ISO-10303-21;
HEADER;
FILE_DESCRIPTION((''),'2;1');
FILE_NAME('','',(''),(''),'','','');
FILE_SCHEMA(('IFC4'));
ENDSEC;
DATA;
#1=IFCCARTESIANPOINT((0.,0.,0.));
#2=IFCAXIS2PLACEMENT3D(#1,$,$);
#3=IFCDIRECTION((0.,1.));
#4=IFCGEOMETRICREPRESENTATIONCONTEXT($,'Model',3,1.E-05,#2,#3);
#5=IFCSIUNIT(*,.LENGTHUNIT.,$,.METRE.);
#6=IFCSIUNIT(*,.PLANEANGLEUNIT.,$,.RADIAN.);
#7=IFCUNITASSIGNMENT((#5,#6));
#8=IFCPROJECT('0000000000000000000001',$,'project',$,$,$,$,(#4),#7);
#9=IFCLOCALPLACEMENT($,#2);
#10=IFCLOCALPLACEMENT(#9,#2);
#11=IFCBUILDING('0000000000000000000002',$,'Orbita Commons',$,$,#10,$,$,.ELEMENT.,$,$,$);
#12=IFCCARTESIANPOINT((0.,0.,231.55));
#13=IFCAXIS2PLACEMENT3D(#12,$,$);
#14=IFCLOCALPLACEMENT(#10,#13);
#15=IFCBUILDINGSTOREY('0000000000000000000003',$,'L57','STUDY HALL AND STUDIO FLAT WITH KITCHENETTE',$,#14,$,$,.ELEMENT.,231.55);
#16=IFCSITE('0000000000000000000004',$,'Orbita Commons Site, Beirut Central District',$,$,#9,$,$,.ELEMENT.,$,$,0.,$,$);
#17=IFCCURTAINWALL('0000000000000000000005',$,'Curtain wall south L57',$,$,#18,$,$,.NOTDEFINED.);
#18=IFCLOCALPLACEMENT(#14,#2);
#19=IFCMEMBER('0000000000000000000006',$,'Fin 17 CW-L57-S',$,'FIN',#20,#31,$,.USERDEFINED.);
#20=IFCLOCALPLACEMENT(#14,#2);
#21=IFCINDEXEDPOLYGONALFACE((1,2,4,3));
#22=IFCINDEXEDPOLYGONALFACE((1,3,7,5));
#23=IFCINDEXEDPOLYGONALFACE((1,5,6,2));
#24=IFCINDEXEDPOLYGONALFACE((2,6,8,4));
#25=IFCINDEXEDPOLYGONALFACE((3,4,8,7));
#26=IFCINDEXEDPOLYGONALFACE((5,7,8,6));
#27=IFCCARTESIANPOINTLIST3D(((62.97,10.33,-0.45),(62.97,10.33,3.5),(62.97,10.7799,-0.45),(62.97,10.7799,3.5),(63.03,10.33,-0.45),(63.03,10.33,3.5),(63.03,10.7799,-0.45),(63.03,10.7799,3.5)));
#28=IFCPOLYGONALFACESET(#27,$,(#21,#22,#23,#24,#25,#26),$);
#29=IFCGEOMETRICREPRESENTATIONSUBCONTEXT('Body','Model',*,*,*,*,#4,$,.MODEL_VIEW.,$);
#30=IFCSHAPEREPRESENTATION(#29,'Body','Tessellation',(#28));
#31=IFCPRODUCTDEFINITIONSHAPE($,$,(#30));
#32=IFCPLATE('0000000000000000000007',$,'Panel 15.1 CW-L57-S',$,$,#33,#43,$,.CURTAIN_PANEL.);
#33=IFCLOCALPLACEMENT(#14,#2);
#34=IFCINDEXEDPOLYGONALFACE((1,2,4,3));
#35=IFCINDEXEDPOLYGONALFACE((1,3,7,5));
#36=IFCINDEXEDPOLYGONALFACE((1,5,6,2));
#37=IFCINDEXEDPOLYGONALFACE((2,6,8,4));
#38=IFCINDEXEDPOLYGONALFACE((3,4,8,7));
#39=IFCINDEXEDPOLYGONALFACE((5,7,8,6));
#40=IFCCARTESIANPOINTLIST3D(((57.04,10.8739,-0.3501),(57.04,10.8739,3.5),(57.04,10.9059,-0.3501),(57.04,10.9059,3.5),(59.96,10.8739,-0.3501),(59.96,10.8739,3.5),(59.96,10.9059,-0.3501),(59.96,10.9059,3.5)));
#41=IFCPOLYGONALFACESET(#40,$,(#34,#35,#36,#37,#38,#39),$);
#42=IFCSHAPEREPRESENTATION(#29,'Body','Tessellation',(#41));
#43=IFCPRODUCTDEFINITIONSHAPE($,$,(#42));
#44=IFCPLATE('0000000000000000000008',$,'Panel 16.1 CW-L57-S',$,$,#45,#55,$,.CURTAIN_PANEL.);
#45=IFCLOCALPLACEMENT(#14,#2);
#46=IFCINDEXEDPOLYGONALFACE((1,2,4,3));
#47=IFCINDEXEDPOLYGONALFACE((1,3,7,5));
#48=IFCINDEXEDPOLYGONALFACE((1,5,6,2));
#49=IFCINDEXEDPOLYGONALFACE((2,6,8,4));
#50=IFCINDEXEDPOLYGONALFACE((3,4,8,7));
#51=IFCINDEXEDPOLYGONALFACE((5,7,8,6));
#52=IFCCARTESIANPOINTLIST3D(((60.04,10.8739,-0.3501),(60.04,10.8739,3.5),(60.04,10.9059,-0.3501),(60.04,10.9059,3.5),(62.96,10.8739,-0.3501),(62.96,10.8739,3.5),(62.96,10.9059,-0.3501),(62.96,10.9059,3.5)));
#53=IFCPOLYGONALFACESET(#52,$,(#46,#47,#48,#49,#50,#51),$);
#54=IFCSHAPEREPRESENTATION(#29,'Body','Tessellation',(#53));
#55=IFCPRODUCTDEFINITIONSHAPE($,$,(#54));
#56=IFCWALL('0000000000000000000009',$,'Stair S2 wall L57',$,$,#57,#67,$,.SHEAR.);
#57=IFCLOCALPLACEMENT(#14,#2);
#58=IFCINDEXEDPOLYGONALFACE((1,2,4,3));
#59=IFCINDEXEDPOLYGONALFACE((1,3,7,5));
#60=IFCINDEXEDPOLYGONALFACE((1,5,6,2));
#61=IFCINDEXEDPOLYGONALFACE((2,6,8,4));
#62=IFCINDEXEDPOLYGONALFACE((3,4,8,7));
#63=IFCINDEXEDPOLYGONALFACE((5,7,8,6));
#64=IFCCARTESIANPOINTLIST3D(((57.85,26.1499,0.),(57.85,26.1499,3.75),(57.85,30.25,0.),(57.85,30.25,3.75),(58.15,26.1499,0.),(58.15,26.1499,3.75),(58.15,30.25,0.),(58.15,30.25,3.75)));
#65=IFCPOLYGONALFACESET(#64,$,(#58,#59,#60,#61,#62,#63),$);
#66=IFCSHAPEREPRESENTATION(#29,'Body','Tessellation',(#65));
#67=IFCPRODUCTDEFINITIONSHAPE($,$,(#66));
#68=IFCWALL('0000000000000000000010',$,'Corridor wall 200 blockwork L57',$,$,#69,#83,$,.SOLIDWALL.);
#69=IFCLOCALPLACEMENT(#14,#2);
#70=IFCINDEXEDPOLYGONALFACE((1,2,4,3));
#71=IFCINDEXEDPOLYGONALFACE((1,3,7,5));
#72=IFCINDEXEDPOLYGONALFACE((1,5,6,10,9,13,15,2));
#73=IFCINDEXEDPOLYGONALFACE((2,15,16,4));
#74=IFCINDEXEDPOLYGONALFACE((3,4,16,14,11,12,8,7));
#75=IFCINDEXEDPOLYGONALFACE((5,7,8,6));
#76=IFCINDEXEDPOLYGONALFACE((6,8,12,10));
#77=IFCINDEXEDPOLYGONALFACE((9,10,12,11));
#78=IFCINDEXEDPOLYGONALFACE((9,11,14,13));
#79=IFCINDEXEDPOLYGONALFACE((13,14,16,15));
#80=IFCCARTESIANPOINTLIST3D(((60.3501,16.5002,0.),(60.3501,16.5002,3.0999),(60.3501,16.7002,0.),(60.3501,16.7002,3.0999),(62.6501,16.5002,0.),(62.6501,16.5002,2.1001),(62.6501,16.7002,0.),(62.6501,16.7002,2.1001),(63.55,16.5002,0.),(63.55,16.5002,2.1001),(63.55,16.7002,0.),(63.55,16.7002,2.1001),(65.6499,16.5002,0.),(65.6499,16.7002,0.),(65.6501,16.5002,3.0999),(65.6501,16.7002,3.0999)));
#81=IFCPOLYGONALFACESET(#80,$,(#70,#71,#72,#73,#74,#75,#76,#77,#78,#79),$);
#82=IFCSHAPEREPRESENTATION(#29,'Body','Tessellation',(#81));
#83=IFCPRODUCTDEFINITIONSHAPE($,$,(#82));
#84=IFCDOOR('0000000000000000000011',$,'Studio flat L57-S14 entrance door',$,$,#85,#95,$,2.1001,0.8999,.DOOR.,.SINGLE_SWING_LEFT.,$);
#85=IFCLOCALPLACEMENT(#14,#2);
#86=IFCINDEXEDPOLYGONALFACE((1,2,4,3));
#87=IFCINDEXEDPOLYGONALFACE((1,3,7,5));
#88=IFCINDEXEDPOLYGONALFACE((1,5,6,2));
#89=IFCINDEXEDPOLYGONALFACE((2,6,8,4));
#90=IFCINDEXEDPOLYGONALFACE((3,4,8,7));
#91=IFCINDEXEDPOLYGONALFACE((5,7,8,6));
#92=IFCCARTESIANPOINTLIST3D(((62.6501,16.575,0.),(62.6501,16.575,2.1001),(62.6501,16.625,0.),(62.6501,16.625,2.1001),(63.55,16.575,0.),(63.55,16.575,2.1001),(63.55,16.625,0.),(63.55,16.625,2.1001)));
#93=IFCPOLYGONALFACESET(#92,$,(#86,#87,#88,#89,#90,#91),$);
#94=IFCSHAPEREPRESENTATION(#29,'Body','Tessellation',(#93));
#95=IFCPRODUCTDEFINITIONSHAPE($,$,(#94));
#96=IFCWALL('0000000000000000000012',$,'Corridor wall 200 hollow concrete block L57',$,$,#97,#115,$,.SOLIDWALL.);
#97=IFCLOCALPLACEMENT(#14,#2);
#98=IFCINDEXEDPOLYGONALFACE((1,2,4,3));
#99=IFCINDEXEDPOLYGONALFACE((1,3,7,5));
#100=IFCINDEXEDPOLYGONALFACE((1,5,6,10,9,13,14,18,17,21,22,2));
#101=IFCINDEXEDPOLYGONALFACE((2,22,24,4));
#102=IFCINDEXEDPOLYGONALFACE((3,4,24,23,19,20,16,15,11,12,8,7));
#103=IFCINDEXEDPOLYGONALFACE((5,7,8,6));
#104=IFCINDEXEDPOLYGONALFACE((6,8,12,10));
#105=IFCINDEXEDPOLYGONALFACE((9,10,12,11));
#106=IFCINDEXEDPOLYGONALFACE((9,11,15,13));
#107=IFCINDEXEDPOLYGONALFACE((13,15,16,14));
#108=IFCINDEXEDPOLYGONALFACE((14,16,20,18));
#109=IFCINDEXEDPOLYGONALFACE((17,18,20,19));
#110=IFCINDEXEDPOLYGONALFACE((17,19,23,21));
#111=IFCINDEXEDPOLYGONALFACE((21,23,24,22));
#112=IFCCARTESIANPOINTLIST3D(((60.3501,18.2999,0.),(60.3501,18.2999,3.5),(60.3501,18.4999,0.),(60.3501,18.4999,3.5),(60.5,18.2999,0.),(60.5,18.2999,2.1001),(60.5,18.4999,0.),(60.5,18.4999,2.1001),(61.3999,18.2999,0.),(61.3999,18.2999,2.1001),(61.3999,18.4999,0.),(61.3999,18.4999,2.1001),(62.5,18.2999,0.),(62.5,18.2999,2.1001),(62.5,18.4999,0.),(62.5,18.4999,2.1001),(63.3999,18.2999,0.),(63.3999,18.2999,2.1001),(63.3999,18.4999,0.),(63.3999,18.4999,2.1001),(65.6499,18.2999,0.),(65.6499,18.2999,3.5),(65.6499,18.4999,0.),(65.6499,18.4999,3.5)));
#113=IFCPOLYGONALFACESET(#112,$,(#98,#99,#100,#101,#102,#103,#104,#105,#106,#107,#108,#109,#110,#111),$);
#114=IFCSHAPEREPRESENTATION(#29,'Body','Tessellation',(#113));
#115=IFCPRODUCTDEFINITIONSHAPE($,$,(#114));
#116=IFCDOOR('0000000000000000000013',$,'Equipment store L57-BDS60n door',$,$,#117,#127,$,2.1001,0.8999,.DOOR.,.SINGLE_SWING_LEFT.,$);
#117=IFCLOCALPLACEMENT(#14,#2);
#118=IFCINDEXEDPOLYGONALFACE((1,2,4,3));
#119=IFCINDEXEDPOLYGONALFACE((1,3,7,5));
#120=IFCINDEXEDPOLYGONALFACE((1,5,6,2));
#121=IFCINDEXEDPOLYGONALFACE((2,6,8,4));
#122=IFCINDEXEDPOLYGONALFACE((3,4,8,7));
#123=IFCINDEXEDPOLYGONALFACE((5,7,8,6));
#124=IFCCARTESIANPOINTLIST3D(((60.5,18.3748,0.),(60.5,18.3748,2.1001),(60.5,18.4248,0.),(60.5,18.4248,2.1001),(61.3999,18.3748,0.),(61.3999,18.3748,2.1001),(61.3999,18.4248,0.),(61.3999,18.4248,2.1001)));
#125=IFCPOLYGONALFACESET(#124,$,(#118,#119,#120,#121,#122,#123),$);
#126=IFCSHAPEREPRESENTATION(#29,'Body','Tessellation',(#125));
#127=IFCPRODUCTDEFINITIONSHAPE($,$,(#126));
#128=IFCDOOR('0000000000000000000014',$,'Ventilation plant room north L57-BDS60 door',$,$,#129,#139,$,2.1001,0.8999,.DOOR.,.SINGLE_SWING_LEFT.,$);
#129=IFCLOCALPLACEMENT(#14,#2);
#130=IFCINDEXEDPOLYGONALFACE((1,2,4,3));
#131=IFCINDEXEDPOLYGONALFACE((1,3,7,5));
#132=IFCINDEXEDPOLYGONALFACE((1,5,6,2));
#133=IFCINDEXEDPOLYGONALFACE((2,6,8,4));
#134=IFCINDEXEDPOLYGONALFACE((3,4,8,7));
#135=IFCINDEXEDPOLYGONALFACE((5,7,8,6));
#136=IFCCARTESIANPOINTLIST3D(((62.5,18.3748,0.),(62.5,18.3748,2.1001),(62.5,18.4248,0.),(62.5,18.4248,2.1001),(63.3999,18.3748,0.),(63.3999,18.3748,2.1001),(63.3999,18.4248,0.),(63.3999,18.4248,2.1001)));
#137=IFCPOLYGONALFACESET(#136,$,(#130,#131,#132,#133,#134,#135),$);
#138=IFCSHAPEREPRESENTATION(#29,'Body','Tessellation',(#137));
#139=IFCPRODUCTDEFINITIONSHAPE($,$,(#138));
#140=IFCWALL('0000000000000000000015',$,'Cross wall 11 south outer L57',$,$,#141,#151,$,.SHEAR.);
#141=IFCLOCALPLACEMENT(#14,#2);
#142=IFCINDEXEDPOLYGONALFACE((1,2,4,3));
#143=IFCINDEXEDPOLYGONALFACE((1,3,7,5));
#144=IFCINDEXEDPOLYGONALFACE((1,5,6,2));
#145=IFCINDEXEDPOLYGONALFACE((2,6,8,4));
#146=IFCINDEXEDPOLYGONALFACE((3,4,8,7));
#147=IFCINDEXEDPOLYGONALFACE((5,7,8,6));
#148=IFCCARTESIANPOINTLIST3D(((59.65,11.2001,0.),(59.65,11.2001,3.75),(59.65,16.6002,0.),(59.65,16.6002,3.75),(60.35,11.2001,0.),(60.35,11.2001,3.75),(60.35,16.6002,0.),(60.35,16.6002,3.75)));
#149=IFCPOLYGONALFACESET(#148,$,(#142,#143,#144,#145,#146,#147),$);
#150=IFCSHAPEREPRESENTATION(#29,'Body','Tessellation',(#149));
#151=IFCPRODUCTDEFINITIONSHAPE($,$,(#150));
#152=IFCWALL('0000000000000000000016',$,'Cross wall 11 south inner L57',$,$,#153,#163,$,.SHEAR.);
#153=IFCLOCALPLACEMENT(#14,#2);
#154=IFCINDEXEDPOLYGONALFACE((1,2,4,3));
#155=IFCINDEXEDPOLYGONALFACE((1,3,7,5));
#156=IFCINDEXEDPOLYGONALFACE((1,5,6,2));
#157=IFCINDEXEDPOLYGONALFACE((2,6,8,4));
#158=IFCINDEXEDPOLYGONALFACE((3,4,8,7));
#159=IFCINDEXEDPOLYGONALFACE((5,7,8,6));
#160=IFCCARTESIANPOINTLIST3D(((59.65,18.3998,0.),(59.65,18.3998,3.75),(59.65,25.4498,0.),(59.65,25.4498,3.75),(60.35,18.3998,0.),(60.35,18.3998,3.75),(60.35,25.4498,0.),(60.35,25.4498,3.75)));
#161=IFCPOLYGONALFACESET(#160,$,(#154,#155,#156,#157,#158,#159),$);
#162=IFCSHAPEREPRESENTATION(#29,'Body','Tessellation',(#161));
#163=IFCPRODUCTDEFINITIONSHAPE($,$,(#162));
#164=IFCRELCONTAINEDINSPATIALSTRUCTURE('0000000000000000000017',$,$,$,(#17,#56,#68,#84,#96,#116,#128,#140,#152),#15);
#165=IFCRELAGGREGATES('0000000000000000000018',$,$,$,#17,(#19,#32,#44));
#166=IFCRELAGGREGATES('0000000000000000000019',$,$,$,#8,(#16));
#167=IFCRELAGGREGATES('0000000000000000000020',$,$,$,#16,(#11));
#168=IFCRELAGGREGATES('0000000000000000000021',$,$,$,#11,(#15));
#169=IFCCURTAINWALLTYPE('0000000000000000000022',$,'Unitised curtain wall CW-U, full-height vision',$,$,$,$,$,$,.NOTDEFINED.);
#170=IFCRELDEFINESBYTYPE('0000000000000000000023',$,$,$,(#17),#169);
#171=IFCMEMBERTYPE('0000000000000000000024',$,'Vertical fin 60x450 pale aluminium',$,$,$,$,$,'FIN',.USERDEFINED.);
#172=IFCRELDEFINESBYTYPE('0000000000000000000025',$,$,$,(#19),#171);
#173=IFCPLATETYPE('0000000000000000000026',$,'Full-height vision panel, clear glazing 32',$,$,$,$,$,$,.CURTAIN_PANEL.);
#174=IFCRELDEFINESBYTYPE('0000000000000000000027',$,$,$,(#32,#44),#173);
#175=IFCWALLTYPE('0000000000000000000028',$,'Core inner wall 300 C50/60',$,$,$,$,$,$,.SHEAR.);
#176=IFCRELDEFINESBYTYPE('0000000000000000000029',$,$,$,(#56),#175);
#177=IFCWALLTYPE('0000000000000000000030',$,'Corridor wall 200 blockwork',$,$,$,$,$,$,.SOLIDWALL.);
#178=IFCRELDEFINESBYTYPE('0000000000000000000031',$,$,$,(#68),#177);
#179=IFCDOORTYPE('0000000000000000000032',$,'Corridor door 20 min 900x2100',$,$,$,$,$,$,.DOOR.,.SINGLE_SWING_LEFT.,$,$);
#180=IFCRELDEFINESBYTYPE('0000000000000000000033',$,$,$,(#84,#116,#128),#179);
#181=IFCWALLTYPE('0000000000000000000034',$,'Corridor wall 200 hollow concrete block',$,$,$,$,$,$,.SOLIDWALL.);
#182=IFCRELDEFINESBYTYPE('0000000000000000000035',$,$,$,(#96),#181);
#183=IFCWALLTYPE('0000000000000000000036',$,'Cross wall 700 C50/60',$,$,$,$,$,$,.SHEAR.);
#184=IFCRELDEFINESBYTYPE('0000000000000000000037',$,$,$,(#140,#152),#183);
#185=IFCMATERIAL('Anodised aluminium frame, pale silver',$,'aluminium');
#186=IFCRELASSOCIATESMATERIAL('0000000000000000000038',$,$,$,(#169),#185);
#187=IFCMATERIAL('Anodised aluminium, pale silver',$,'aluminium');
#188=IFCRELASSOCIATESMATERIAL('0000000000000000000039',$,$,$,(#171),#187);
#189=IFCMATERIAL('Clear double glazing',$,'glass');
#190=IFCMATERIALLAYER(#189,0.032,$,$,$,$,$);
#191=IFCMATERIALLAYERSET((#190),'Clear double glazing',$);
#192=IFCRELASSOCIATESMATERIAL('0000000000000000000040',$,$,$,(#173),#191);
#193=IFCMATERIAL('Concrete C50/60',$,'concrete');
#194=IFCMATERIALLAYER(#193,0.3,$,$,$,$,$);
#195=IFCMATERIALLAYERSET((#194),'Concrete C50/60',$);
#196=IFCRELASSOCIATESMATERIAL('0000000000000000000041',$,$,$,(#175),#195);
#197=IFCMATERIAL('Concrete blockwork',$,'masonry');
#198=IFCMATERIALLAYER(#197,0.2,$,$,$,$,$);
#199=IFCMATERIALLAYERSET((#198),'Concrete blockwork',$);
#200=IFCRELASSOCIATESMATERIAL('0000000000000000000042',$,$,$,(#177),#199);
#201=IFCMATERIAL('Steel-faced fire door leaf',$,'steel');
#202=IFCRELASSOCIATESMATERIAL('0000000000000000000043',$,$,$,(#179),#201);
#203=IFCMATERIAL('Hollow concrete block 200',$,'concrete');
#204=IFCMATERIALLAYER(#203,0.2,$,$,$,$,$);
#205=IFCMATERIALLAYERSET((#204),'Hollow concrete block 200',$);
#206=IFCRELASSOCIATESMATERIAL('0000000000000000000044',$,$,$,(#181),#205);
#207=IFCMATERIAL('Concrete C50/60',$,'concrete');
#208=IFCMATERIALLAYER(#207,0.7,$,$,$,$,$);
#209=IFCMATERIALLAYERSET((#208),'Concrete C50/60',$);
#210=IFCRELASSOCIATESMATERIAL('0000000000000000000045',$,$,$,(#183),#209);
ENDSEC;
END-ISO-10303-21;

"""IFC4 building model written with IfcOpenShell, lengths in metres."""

from ifc_helpers import new_model, si_unit, direction, frame, frame_2d, origin, origin_2d, place, context, subcontext, project, spatial, polyline, rectangle, outline, extrude, material, layer, layer_set, material_profile, profile_set, type_object, element, fill, aggregate, save


model = new_model("IFC4")

# Units and contexts
model_context = context("Model", 3, precision=1e-05, world=origin(), true_north=direction((0.0, 1.0)))
body_context = subcontext(model_context, "Body", "Model", "MODEL_VIEW")
ifc_project = project(units=[si_unit("LENGTHUNIT", "METRE"), si_unit("PLANEANGLEUNIT", "RADIAN")], contexts=[model_context])

# Site, building, storey
site_placement = place(None, origin())
site = spatial("IfcSite", under=ifc_project, at=site_placement, Name="Orbita Commons Site, Beirut Central District", CompositionType="ELEMENT", RefElevation=0.0)
building_placement = place(site_placement, origin())
building = spatial("IfcBuilding", under=site, at=building_placement, Name="Orbita Commons", CompositionType="ELEMENT")
storey_placement = place(building_placement, frame((0.0, 0.0, 231.55)))
storey = spatial("IfcBuildingStorey", under=building, at=storey_placement, Name="L57", Description="STUDY HALL AND STUDIO FLAT WITH KITCHENETTE", CompositionType="ELEMENT", Elevation=231.55)

# Curtain wall
ifc_material_1 = material(Name="Anodised aluminium frame, pale silver", Category="aluminium")
curtain_wall_type = type_object("IfcCurtainWallType", Name="Unitised curtain wall CW-U, full-height vision", PredefinedType="NOTDEFINED", material=ifc_material_1)
curtain_wall_placement = place(storey_placement, origin())
curtain_wall = element("IfcCurtainWall", 1, at=curtain_wall_placement, inside=storey, type_object=curtain_wall_type, Name="Curtain wall south L57", PredefinedType="NOTDEFINED")

# Member
ifc_material_2 = material(Name="Anodised aluminium, pale silver", Category="aluminium")
ifc_material_profile_1 = material_profile(ifc_material_2, rectangle(XDim=0.0601, YDim=0.45, at=origin_2d()), Name="FIN 60x450")
ifc_profile_set_1 = profile_set([ifc_material_profile_1], Name="Anodised aluminium, pale silver")
member_type_1 = type_object("IfcMemberType", Name="Vertical fin 60x450 pale aluminium", ElementType="FIN", PredefinedType="USERDEFINED", material=ifc_profile_set_1)
member_1_placement = place(storey_placement, frame((63.0, 10.5549, -0.45), z_axis=(0.0, 0.0, 1.0), x_axis=(1.0, 0.0, 0.0)))
member_1 = element("IfcMember", 2, at=member_1_placement, type_object=member_type_1, Name="Fin 17 CW-L57-S", ObjectType="FIN", PredefinedType="USERDEFINED", context=body_context, shape_type="SweptSolid", body=[
    extrude(rectangle(XDim=0.0601, YDim=0.45, at=origin_2d()), origin(), (0.0, 0.0, 1.0), 3.95),
])

# Plates
ifc_material_3 = material(Name="Clear double glazing", Category="glass")
ifc_layer_1 = layer(ifc_material_3, 0.032)
ifc_layer_set_1 = layer_set([ifc_layer_1], Name="Clear double glazing")
plate_type = type_object("IfcPlateType", Name="Full-height vision panel, clear glazing 32", PredefinedType="CURTAIN_PANEL", material=ifc_layer_set_1)
plate_1_placement = place(storey_placement, frame((58.5, 10.8899, -0.3501), z_axis=(0.0, 0.0, 1.0), x_axis=(1.0, 0.0, 0.0)))
plate_1 = element("IfcPlate", 3, at=plate_1_placement, type_object=plate_type, Name="Panel 15.1 CW-L57-S", PredefinedType="CURTAIN_PANEL", context=body_context, shape_type="SweptSolid", body=[
    extrude(rectangle(XDim=2.9199, YDim=0.032, at=origin_2d()), origin(), (0.0, 0.0, 1.0), 3.8501),
])
plate_2_placement = place(storey_placement, frame((61.5, 10.8899, -0.3501), z_axis=(0.0, 0.0, 1.0), x_axis=(1.0, 0.0, 0.0)))
plate_2 = element("IfcPlate", 4, at=plate_2_placement, type_object=plate_type, Name="Panel 16.1 CW-L57-S", PredefinedType="CURTAIN_PANEL", context=body_context, shape_type="SweptSolid", body=[
    extrude(rectangle(XDim=2.9199, YDim=0.032, at=origin_2d()), origin(), (0.0, 0.0, 1.0), 3.8501),
])
aggregate(curtain_wall, [member_1, plate_1, plate_2])

# Wall
ifc_material_4 = material(Name="Concrete C50/60", Category="concrete")
ifc_layer_2 = layer(ifc_material_4, 0.3)
ifc_layer_set_2 = layer_set([ifc_layer_2], Name="Concrete C50/60")
wall_type_1 = type_object("IfcWallType", Name="Core inner wall 300 C50/60", PredefinedType="SHEAR", material=ifc_layer_set_2)
wall_1_placement = place(storey_placement, frame((58.0, 26.1499, 0.0), z_axis=(0.0, 0.0, 1.0), x_axis=(0.0, 1.0, 0.0)))
element("IfcWall", 5, at=wall_1_placement, inside=storey, type_object=wall_type_1, Name="Stair S2 wall L57", PredefinedType="SHEAR", context=body_context, shape_type="SweptSolid", body=[
    extrude(rectangle(XDim=4.1001, YDim=0.3, at=frame_2d((2.05, 0.0))), origin(), (0.0, 0.0, 1.0), 3.75),
])

# Wall, opening, door
ifc_material_5 = material(Name="Concrete blockwork", Category="masonry")
ifc_layer_3 = layer(ifc_material_5, 0.2)
ifc_layer_set_3 = layer_set([ifc_layer_3], Name="Concrete blockwork")
wall_type_2 = type_object("IfcWallType", Name="Corridor wall 200 blockwork", PredefinedType="SOLIDWALL", material=ifc_layer_set_3)
wall_2_placement = place(storey_placement, frame((60.3501, 16.6001, 0.0), z_axis=(0.0, 0.0, 1.0), x_axis=(1.0, 0.0, 0.0)))
wall_2 = element("IfcWall", 6, at=wall_2_placement, inside=storey, type_object=wall_type_2, Name="Corridor wall 200 blockwork L57", PredefinedType="SOLIDWALL", context=body_context, shape_type="SweptSolid", body=[
    extrude(outline(polyline([(0.0, 0.0), (5.2998, 0.0), (5.3, 3.0999), (0.0, 3.0999), (0.0, 0.0)])), frame((0.0, 0.1001, 0.0), z_axis=(0.0, -1.0, 0.0), x_axis=(1.0, 0.0, 0.0)), (0.0, 0.0, 1.0), 0.2),
])
opening_1_placement = place(wall_2_placement, frame((2.3, 0.0, 0.0)))
opening_1 = element("IfcOpeningElement", 7, at=opening_1_placement, cuts=wall_2, PredefinedType="OPENING", context=body_context, shape_type="SweptSolid", body=[
    extrude(rectangle(XDim=0.8999, YDim=2.1001, at=frame_2d((0.45, 1.05))), frame((0.0, 0.1099, 0.0), z_axis=(0.0, -1.0, 0.0), x_axis=(1.0, 0.0, 0.0)), (0.0, 0.0, 1.0), 0.22),
])
ifc_material_6 = material(Name="Steel-faced fire door leaf", Category="steel")
door_type_1 = type_object("IfcDoorType", Name="Corridor door 20 min 900x2100", OperationType="SINGLE_SWING_LEFT", PredefinedType="DOOR", material=ifc_material_6)
door_1_placement = place(opening_1_placement, origin())
door_1 = element("IfcDoor", 8, at=door_1_placement, inside=storey, type_object=door_type_1, Name="Studio flat L57-S14 entrance door", OperationType="SINGLE_SWING_LEFT", OverallHeight=2.1001, OverallWidth=0.8999, PredefinedType="DOOR", context=body_context, shape_type="SweptSolid", body=[
    extrude(rectangle(XDim=0.8999, YDim=2.1001, at=frame_2d((0.45, 1.05))), frame((0.0, 0.0249, 0.0), z_axis=(0.0, -1.0, 0.0), x_axis=(1.0, 0.0, 0.0)), (0.0, 0.0, 1.0), 0.05),
])
fill(opening_1, door_1)

# Wall, openings, doors
ifc_material_7 = material(Name="Hollow concrete block 200", Category="concrete")
ifc_layer_4 = layer(ifc_material_7, 0.2)
ifc_layer_set_4 = layer_set([ifc_layer_4], Name="Hollow concrete block 200")
wall_type_3 = type_object("IfcWallType", Name="Corridor wall 200 hollow concrete block", PredefinedType="SOLIDWALL", material=ifc_layer_set_4)
wall_3_placement = place(storey_placement, frame((60.3501, 18.3999, 0.0), z_axis=(0.0, 0.0, 1.0), x_axis=(1.0, 0.0, 0.0)))
wall_3 = element("IfcWall", 9, at=wall_3_placement, inside=storey, type_object=wall_type_3, Name="Corridor wall 200 hollow concrete block L57", PredefinedType="SOLIDWALL", context=body_context, shape_type="SweptSolid", body=[
    extrude(rectangle(XDim=5.2998, YDim=0.2, at=frame_2d((2.6499, 0.0))), origin(), (0.0, 0.0, 1.0), 3.5),
])
opening_2_placement = place(wall_3_placement, frame((0.1499, 0.0, 0.0)))
opening_2 = element("IfcOpeningElement", 10, at=opening_2_placement, cuts=wall_3, PredefinedType="OPENING", context=body_context, shape_type="SweptSolid", body=[
    extrude(rectangle(XDim=0.8999, YDim=2.1001, at=frame_2d((0.45, 1.05))), frame((0.0, 0.1099, 0.0), z_axis=(0.0, -1.0, 0.0), x_axis=(1.0, 0.0, 0.0)), (0.0, 0.0, 1.0), 0.22),
])
opening_3_placement = place(wall_3_placement, frame((2.1499, 0.0, 0.0)))
opening_3 = element("IfcOpeningElement", 11, at=opening_3_placement, cuts=wall_3, PredefinedType="OPENING", context=body_context, shape_type="SweptSolid", body=[
    extrude(rectangle(XDim=0.8999, YDim=2.1001, at=frame_2d((0.45, 1.05))), frame((0.0, 0.1099, 0.0), z_axis=(0.0, -1.0, 0.0), x_axis=(1.0, 0.0, 0.0)), (0.0, 0.0, 1.0), 0.22),
])
door_2_placement = place(opening_2_placement, origin())
door_2 = element("IfcDoor", 12, at=door_2_placement, inside=storey, type_object=door_type_1, Name="Equipment store L57-BDS60n door", OperationType="SINGLE_SWING_LEFT", OverallHeight=2.1001, OverallWidth=0.8999, PredefinedType="DOOR", context=body_context, shape_type="SweptSolid", body=[
    extrude(rectangle(XDim=0.8999, YDim=2.1001, at=frame_2d((0.45, 1.05))), frame((0.0, 0.0249, 0.0), z_axis=(0.0, -1.0, 0.0), x_axis=(1.0, 0.0, 0.0)), (0.0, 0.0, 1.0), 0.05),
])
fill(opening_2, door_2)
door_3_placement = place(opening_3_placement, origin())
door_3 = element("IfcDoor", 13, at=door_3_placement, inside=storey, type_object=door_type_1, Name="Ventilation plant room north L57-BDS60 door", OperationType="SINGLE_SWING_LEFT", OverallHeight=2.1001, OverallWidth=0.8999, PredefinedType="DOOR", context=body_context, shape_type="SweptSolid", body=[
    extrude(rectangle(XDim=0.8999, YDim=2.1001, at=frame_2d((0.45, 1.05))), frame((0.0, 0.0249, 0.0), z_axis=(0.0, -1.0, 0.0), x_axis=(1.0, 0.0, 0.0)), (0.0, 0.0, 1.0), 0.05),
])
fill(opening_3, door_3)

# Walls
ifc_material_8 = material(Name="Concrete C50/60", Category="concrete")
ifc_layer_5 = layer(ifc_material_8, 0.7)
ifc_layer_set_5 = layer_set([ifc_layer_5], Name="Concrete C50/60")
wall_type_4 = type_object("IfcWallType", Name="Cross wall 700 C50/60", PredefinedType="SHEAR", material=ifc_layer_set_5)
wall_4_placement = place(storey_placement, frame((60.0, 11.2, 0.0), z_axis=(0.0, 0.0, 1.0), x_axis=(0.0, 1.0, 0.0)))
element("IfcWall", 14, at=wall_4_placement, inside=storey, type_object=wall_type_4, Name="Cross wall 11 south outer L57", PredefinedType="SHEAR", context=body_context, shape_type="SweptSolid", body=[
    extrude(rectangle(XDim=5.4001, YDim=0.7, at=frame_2d((2.7002, 0.0))), origin(), (0.0, 0.0, 1.0), 3.75),
])
wall_5_placement = place(storey_placement, frame((60.0, 18.3999, 0.0), z_axis=(0.0, 0.0, 1.0), x_axis=(0.0, 1.0, 0.0)))
element("IfcWall", 15, at=wall_5_placement, inside=storey, type_object=wall_type_4, Name="Cross wall 11 south inner L57", PredefinedType="SHEAR", context=body_context, shape_type="SweptSolid", body=[
    extrude(rectangle(XDim=7.05, YDim=0.7, at=frame_2d((3.5249, 0.0))), origin(), (0.0, 0.0, 1.0), 3.75),
])

save(model, "model.ifc")
